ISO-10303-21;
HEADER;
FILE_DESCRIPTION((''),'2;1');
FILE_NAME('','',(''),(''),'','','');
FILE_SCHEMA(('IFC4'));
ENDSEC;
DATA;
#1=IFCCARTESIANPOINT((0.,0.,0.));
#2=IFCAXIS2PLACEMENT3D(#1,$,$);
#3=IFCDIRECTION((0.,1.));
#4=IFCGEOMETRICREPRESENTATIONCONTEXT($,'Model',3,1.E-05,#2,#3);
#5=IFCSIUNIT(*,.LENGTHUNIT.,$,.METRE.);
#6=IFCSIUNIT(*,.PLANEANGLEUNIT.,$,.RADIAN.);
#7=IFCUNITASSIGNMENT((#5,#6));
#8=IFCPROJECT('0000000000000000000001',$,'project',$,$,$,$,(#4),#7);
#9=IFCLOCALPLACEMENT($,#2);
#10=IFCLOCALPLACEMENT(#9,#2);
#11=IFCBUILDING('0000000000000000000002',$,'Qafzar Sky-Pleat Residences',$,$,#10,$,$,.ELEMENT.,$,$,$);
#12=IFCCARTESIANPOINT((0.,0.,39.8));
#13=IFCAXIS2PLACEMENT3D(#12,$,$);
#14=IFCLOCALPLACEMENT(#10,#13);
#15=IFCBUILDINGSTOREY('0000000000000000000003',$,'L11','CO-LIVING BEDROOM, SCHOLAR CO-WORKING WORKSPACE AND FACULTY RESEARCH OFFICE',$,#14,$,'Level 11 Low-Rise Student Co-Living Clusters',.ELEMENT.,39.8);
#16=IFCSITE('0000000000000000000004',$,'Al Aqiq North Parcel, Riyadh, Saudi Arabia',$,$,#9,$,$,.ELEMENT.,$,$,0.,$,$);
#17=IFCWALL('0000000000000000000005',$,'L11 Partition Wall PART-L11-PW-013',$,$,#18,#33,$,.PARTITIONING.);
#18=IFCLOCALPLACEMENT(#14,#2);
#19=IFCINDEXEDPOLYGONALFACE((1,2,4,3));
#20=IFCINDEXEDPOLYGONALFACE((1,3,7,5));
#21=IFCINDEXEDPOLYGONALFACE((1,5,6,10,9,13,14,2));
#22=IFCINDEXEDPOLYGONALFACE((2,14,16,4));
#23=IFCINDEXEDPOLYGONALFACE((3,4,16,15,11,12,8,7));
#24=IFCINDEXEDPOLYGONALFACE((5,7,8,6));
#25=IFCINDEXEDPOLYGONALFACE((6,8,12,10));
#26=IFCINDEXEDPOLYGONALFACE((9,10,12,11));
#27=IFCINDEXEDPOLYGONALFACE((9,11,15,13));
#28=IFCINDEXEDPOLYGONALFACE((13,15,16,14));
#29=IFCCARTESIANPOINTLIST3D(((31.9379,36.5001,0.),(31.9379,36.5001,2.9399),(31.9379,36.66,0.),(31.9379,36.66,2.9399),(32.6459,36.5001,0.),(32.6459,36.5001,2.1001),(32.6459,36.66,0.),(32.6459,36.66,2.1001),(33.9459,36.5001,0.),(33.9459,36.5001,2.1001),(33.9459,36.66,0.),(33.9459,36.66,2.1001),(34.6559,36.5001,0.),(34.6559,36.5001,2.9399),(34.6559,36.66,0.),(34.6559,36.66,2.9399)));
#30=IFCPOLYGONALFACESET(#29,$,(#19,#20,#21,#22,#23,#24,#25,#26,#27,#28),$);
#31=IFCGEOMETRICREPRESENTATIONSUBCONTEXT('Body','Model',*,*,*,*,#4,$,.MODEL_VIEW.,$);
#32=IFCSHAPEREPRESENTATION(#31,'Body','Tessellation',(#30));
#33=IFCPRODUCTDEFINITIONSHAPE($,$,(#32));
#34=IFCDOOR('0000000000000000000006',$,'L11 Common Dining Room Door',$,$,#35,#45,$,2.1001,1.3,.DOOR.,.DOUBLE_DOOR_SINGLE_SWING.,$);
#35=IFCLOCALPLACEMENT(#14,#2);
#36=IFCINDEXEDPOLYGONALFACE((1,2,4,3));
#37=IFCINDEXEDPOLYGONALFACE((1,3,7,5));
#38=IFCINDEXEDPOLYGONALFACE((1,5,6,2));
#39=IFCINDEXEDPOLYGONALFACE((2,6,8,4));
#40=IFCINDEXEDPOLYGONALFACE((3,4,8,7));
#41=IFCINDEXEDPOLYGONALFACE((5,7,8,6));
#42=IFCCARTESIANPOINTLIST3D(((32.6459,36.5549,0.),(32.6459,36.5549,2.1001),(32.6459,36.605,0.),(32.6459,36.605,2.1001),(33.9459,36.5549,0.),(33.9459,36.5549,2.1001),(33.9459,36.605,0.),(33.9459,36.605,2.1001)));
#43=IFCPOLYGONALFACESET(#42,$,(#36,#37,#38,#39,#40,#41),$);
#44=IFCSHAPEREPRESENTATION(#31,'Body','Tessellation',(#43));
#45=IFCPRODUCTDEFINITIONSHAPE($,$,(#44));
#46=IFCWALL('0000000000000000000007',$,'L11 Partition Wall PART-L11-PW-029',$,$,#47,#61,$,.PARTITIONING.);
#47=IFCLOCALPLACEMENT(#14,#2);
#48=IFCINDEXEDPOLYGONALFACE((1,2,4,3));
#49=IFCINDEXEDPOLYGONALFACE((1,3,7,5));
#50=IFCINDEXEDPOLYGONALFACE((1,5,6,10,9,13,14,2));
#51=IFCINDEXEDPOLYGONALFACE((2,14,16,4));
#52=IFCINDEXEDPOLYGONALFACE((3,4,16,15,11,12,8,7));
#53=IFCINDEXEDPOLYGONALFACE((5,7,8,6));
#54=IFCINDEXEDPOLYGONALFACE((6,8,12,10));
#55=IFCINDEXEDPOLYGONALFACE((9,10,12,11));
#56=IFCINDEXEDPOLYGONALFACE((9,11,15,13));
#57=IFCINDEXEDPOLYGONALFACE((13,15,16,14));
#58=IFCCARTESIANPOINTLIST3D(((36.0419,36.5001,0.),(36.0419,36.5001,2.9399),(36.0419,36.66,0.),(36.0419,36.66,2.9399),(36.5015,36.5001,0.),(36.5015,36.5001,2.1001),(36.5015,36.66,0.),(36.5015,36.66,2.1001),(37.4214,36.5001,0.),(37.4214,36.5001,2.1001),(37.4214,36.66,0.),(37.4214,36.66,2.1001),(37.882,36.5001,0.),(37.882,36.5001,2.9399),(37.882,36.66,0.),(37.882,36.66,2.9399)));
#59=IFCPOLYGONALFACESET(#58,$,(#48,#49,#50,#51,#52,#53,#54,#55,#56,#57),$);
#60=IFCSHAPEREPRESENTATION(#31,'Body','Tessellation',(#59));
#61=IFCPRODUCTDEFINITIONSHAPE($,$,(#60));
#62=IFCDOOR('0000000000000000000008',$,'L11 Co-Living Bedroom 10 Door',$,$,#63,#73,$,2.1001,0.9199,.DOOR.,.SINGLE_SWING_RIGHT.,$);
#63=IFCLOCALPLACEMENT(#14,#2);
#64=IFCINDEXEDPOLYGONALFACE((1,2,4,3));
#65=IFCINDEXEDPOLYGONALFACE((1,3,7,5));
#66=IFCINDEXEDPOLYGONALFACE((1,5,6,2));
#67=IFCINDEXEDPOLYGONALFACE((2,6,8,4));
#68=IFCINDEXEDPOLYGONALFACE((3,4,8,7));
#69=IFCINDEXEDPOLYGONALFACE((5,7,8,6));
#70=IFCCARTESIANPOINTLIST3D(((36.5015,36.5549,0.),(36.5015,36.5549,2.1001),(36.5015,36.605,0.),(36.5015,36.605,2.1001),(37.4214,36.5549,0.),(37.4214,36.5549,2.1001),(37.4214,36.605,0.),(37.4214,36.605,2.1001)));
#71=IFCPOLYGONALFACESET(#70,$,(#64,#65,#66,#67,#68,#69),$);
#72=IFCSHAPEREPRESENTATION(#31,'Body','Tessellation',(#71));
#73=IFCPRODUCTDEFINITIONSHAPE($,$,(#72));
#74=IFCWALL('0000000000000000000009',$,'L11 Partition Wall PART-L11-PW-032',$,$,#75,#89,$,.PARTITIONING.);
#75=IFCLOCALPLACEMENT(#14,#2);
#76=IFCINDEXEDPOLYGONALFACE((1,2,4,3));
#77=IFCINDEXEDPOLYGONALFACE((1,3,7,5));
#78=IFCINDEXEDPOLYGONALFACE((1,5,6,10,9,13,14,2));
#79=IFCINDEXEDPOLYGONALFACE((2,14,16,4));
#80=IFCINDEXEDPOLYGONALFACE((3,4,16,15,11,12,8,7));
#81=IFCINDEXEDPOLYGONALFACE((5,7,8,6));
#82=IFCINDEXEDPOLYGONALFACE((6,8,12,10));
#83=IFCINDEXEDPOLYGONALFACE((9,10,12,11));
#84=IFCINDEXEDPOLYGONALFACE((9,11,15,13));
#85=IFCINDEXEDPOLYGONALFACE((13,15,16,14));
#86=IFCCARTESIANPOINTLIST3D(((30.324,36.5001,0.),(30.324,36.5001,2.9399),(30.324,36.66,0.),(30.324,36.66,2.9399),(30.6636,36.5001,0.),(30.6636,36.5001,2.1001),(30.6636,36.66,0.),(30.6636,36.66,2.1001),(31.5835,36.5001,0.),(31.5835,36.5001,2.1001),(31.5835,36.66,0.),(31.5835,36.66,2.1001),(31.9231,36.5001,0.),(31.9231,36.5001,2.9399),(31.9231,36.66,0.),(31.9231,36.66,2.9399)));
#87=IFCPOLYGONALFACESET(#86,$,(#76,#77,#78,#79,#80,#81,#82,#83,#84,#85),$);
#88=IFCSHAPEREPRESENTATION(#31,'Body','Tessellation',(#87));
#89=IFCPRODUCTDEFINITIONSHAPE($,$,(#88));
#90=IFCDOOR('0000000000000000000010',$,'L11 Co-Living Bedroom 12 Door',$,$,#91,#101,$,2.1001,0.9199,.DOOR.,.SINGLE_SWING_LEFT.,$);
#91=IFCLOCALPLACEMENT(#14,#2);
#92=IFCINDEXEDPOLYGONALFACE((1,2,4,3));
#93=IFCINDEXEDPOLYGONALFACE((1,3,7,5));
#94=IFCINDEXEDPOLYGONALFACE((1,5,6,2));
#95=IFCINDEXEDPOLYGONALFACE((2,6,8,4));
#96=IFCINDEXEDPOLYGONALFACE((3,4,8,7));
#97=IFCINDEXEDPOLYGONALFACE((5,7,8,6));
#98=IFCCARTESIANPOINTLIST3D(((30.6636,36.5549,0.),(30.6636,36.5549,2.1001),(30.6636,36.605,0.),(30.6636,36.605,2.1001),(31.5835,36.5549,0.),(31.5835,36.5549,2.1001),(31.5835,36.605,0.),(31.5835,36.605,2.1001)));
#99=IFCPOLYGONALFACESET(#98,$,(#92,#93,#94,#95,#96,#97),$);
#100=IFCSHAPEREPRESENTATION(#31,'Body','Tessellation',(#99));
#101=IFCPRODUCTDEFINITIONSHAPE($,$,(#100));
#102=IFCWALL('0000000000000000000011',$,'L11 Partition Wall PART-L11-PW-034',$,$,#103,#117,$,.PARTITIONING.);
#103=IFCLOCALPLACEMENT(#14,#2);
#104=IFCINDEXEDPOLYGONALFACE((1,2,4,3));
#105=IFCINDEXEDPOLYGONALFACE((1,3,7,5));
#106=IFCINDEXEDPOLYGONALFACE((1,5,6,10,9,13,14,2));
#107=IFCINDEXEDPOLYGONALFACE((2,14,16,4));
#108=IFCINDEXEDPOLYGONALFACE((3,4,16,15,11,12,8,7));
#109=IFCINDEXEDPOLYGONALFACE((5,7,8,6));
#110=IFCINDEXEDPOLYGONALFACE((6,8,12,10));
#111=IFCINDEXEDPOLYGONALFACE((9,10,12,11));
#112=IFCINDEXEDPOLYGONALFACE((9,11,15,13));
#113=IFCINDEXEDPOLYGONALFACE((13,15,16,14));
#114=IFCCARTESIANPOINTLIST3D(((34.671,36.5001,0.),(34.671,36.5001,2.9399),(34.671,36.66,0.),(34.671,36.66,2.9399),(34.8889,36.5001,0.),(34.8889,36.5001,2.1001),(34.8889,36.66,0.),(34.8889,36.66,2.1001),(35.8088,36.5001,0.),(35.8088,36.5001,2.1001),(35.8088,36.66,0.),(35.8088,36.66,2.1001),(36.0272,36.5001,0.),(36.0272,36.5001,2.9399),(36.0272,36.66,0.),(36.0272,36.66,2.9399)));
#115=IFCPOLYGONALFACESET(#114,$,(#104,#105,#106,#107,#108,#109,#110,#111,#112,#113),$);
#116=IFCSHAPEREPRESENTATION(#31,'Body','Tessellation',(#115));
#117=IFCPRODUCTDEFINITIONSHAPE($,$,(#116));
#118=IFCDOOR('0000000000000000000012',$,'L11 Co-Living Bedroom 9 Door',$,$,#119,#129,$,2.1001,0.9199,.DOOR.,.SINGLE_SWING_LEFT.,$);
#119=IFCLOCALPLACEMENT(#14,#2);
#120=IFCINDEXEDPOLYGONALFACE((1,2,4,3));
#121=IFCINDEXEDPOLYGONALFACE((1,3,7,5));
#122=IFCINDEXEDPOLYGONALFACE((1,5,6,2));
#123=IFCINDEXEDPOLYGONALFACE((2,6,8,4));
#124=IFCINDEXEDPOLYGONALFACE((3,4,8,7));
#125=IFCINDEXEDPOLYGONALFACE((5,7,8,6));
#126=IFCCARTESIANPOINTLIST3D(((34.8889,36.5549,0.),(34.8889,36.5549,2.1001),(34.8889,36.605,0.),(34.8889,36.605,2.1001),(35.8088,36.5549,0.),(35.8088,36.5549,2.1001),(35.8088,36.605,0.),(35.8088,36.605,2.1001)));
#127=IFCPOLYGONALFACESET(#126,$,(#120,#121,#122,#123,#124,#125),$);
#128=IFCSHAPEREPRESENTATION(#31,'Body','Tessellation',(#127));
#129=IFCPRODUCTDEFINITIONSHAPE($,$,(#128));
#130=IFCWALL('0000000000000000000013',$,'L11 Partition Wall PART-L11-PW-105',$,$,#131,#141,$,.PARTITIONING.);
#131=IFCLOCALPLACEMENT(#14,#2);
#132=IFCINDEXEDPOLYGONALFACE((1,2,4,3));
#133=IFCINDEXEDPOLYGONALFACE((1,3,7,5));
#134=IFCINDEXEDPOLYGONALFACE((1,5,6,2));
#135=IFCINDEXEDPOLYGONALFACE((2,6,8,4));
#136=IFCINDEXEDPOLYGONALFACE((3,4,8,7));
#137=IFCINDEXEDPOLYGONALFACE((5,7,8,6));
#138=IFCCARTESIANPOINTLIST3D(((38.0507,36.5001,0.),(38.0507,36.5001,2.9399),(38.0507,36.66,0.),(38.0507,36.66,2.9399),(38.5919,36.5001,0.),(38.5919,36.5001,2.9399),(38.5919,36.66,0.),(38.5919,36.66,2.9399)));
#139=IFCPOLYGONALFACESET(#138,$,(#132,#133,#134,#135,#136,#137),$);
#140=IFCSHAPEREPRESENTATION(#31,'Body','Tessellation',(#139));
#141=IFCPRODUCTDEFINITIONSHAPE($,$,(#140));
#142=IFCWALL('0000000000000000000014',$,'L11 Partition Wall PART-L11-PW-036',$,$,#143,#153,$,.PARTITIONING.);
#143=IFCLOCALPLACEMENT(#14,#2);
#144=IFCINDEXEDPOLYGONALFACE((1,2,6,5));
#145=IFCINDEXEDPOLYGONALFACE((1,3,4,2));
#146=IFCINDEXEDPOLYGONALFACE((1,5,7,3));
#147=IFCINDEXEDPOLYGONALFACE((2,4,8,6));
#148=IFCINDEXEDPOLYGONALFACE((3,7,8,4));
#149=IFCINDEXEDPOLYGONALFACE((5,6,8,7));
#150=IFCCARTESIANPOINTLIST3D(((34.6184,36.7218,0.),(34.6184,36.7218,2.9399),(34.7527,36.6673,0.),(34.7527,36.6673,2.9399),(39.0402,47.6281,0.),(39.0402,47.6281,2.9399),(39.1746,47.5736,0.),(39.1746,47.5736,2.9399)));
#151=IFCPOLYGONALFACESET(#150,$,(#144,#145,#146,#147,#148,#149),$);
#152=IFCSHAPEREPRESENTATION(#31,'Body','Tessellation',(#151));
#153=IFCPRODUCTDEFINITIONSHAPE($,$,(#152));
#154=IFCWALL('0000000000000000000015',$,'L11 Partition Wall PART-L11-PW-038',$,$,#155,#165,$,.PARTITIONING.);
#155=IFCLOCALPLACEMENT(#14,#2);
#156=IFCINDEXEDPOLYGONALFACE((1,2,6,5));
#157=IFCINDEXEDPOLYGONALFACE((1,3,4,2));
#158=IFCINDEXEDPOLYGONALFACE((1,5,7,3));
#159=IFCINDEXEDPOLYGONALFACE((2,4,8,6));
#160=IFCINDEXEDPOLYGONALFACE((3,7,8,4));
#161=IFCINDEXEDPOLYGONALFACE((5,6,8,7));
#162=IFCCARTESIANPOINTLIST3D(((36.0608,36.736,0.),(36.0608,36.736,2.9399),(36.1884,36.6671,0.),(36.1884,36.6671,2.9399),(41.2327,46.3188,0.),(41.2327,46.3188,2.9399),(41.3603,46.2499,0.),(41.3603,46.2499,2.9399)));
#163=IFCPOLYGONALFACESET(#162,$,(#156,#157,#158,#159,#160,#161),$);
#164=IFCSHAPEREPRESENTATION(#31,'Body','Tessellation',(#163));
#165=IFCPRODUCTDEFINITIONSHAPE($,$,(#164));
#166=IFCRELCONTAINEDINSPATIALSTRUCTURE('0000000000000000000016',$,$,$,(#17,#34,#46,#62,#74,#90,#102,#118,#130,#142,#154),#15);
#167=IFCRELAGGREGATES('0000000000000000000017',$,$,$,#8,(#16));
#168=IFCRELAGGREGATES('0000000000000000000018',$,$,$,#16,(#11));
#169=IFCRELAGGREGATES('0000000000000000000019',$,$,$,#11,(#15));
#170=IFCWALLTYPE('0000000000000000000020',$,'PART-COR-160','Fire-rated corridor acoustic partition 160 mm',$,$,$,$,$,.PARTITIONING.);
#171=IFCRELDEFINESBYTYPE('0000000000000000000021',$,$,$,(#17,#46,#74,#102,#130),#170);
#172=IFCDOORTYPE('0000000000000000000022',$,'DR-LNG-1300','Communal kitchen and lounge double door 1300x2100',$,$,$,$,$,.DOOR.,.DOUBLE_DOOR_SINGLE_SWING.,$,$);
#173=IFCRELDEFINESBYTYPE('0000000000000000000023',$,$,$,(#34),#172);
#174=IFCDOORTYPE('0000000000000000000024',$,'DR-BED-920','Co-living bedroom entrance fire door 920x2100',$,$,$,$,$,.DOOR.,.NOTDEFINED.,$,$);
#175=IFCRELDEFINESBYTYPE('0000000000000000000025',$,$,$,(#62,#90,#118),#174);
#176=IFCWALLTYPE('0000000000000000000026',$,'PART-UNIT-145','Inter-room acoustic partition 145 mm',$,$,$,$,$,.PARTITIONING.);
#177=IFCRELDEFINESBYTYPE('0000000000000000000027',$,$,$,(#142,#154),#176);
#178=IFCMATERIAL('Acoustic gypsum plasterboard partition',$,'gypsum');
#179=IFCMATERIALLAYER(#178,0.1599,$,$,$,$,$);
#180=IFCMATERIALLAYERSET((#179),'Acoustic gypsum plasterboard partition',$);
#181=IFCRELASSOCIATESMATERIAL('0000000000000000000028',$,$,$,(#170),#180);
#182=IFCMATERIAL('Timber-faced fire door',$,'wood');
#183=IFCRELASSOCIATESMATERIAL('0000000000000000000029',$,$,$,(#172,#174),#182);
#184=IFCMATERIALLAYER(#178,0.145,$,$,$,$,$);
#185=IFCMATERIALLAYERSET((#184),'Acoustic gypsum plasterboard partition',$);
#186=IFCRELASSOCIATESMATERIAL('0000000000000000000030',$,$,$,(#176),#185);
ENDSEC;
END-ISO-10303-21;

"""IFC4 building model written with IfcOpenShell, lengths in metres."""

from ifc_helpers import new_model, si_unit, direction, frame, frame_2d, origin, place, context, subcontext, project, spatial, rectangle, extrude, source, transform, mapped, material, layer, layer_set, type_object, element, fill, save


model = new_model("IFC4")

# Units and contexts
model_context = context("Model", 3, precision=1e-05, world=origin(), true_north=direction((0.0, 1.0)))
body_context = subcontext(model_context, "Body", "Model", "MODEL_VIEW")
ifc_project = project(units=[si_unit("LENGTHUNIT", "METRE"), si_unit("PLANEANGLEUNIT", "RADIAN")], contexts=[model_context])

# Site, building, storey
site_placement = place(None, origin())
site = spatial("IfcSite", under=ifc_project, at=site_placement, Name="Al Aqiq North Parcel, Riyadh, Saudi Arabia", CompositionType="ELEMENT", RefElevation=0.0)
building_placement = place(site_placement, origin())
building = spatial("IfcBuilding", under=site, at=building_placement, Name="Qafzar Sky-Pleat Residences", CompositionType="ELEMENT")
storey_placement = place(building_placement, frame((0.0, 0.0, 39.8)))
storey = spatial("IfcBuildingStorey", under=building, at=storey_placement, Name="L11", Description="CO-LIVING BEDROOM, SCHOLAR CO-WORKING WORKSPACE AND FACULTY RESEARCH OFFICE", LongName="Level 11 Low-Rise Student Co-Living Clusters", CompositionType="ELEMENT", Elevation=39.8)

# Walls, openings, doors
ifc_material_1 = material(Name="Acoustic gypsum plasterboard partition", Category="gypsum")
ifc_layer_1 = layer(ifc_material_1, 0.1599)
ifc_layer_set_1 = layer_set([ifc_layer_1], Name="Acoustic gypsum plasterboard partition")
wall_type_1 = type_object("IfcWallType", Name="PART-COR-160", Description="Fire-rated corridor acoustic partition 160 mm", PredefinedType="PARTITIONING", material=ifc_layer_set_1)
wall_1_placement = place(storey_placement, frame((31.938, 36.5801, 0.0), z_axis=(0.0, 0.0, 1.0), x_axis=(1.0, 0.0, 0.0)))
wall_1 = element("IfcWall", 1, at=wall_1_placement, inside=storey, type_object=wall_type_1, Name="L11 Partition Wall PART-L11-PW-013", PredefinedType="PARTITIONING", context=body_context, shape_type="SweptSolid", body=[
    extrude(rectangle(XDim=2.718, YDim=0.1599, at=frame_2d((1.3589, 0.0))), origin(), (0.0, 0.0, 1.0), 2.9399),
])
opening_1_placement = place(wall_1_placement, frame((0.708, 0.0, 0.0)))
opening_1 = element("IfcOpeningElement", 2, at=opening_1_placement, cuts=wall_1, PredefinedType="OPENING", context=body_context, shape_type="SweptSolid", body=[
    extrude(rectangle(XDim=1.3, YDim=2.1001, at=frame_2d((0.6499, 1.05))), frame((0.0, 0.0898, 0.0), z_axis=(0.0, -1.0, 0.0), x_axis=(1.0, 0.0, 0.0)), (0.0, 0.0, 1.0), 0.1799),
])
ifc_material_2 = material(Name="Timber-faced fire door", Category="wood")
door_type_1 = type_object("IfcDoorType", Name="DR-LNG-1300", Description="Communal kitchen and lounge double door 1300x2100", OperationType="DOUBLE_DOOR_SINGLE_SWING", PredefinedType="DOOR", material=ifc_material_2)
shared_shape_1 = source(origin(), body_context, "Body", "SweptSolid", [
    extrude(rectangle(XDim=1.3, YDim=2.1001, at=frame_2d((0.6499, 1.05))), frame((0.0, 0.0249, 0.0), z_axis=(0.0, -1.0, 0.0), x_axis=(1.0, 0.0, 0.0)), (0.0, 0.0, 1.0), 0.05),
])
door_1_placement = place(opening_1_placement, origin())
door_1 = element("IfcDoor", 3, at=door_1_placement, inside=storey, type_object=door_type_1, Name="L11 Common Dining Room Door", OperationType="DOUBLE_DOOR_SINGLE_SWING", OverallHeight=2.1001, OverallWidth=1.3, PredefinedType="DOOR", context=body_context, shape_type="MappedRepresentation", body=[
    mapped(shared_shape_1, transform((0.0, 0.0, 0.0), x_axis=(1.0, 0.0, 0.0), y_axis=(0.0, 1.0, 0.0), z_axis=(0.0, 0.0, 1.0), scale=1.0)),
])
fill(opening_1, door_1)
wall_2_placement = place(storey_placement, frame((36.042, 36.5801, 0.0), z_axis=(0.0, 0.0, 1.0), x_axis=(1.0, 0.0, 0.0)))
wall_2 = element("IfcWall", 4, at=wall_2_placement, inside=storey, type_object=wall_type_1, Name="L11 Partition Wall PART-L11-PW-029", PredefinedType="PARTITIONING", context=body_context, shape_type="SweptSolid", body=[
    extrude(rectangle(XDim=1.8401, YDim=0.1599, at=frame_2d((0.9199, 0.0))), origin(), (0.0, 0.0, 1.0), 2.9399),
])
opening_2_placement = place(wall_2_placement, frame((0.4595, 0.0, 0.0)))
opening_2 = element("IfcOpeningElement", 5, at=opening_2_placement, cuts=wall_2, PredefinedType="OPENING", context=body_context, shape_type="SweptSolid", body=[
    extrude(rectangle(XDim=0.9199, YDim=2.1001, at=frame_2d((0.46, 1.05))), frame((0.0, 0.0898, 0.0), z_axis=(0.0, -1.0, 0.0), x_axis=(1.0, 0.0, 0.0)), (0.0, 0.0, 1.0), 0.1799),
])
door_type_2 = type_object("IfcDoorType", Name="DR-BED-920", Description="Co-living bedroom entrance fire door 920x2100", OperationType="NOTDEFINED", PredefinedType="DOOR", material=ifc_material_2)
shared_shape_2 = source(origin(), body_context, "Body", "SweptSolid", [
    extrude(rectangle(XDim=0.9199, YDim=2.1001, at=frame_2d((0.46, 1.05))), frame((0.0, 0.0249, 0.0), z_axis=(0.0, -1.0, 0.0), x_axis=(1.0, 0.0, 0.0)), (0.0, 0.0, 1.0), 0.05),
])
door_2_placement = place(opening_2_placement, origin())
door_2 = element("IfcDoor", 6, at=door_2_placement, inside=storey, type_object=door_type_2, Name="L11 Co-Living Bedroom 10 Door", OperationType="SINGLE_SWING_RIGHT", OverallHeight=2.1001, OverallWidth=0.9199, PredefinedType="DOOR", context=body_context, shape_type="MappedRepresentation", body=[
    mapped(shared_shape_2, transform((0.0, 0.0, 0.0), x_axis=(1.0, 0.0, 0.0), y_axis=(0.0, 1.0, 0.0), z_axis=(0.0, 0.0, 1.0), scale=1.0)),
])
fill(opening_2, door_2)
wall_3_placement = place(storey_placement, frame((30.324, 36.5801, 0.0), z_axis=(0.0, 0.0, 1.0), x_axis=(1.0, 0.0, 0.0)))
wall_3 = element("IfcWall", 7, at=wall_3_placement, inside=storey, type_object=wall_type_1, Name="L11 Partition Wall PART-L11-PW-032", PredefinedType="PARTITIONING", context=body_context, shape_type="SweptSolid", body=[
    extrude(rectangle(XDim=1.5991, YDim=0.1599, at=frame_2d((0.7996, 0.0))), origin(), (0.0, 0.0, 1.0), 2.9399),
])
opening_3_placement = place(wall_3_placement, frame((0.3396, 0.0, 0.0)))
opening_3 = element("IfcOpeningElement", 8, at=opening_3_placement, cuts=wall_3, PredefinedType="OPENING", context=body_context, shape_type="SweptSolid", body=[
    extrude(rectangle(XDim=0.9199, YDim=2.1001, at=frame_2d((0.46, 1.05))), frame((0.0, 0.0898, 0.0), z_axis=(0.0, -1.0, 0.0), x_axis=(1.0, 0.0, 0.0)), (0.0, 0.0, 1.0), 0.1799),
])
door_3_placement = place(opening_3_placement, origin())
door_3 = element("IfcDoor", 9, at=door_3_placement, inside=storey, type_object=door_type_2, Name="L11 Co-Living Bedroom 12 Door", OperationType="SINGLE_SWING_LEFT", OverallHeight=2.1001, OverallWidth=0.9199, PredefinedType="DOOR", context=body_context, shape_type="MappedRepresentation", body=[
    mapped(shared_shape_2, transform((0.0, 0.0, 0.0), x_axis=(1.0, 0.0, 0.0), y_axis=(0.0, 1.0, 0.0), z_axis=(0.0, 0.0, 1.0), scale=1.0)),
])
fill(opening_3, door_3)
wall_4_placement = place(storey_placement, frame((34.6709, 36.5801, 0.0), z_axis=(0.0, 0.0, 1.0), x_axis=(1.0, 0.0, 0.0)))
wall_4 = element("IfcWall", 10, at=wall_4_placement, inside=storey, type_object=wall_type_1, Name="L11 Partition Wall PART-L11-PW-034", PredefinedType="PARTITIONING", context=body_context, shape_type="SweptSolid", body=[
    extrude(rectangle(XDim=1.3562, YDim=0.1599, at=frame_2d((0.6782, 0.0))), origin(), (0.0, 0.0, 1.0), 2.9399),
])
opening_4_placement = place(wall_4_placement, frame((0.218, 0.0, 0.0)))
opening_4 = element("IfcOpeningElement", 11, at=opening_4_placement, cuts=wall_4, PredefinedType="OPENING", context=body_context, shape_type="SweptSolid", body=[
    extrude(rectangle(XDim=0.9199, YDim=2.1001, at=frame_2d((0.46, 1.05))), frame((0.0, 0.0898, 0.0), z_axis=(0.0, -1.0, 0.0), x_axis=(1.0, 0.0, 0.0)), (0.0, 0.0, 1.0), 0.1799),
])
door_4_placement = place(opening_4_placement, origin())
door_4 = element("IfcDoor", 12, at=door_4_placement, inside=storey, type_object=door_type_2, Name="L11 Co-Living Bedroom 9 Door", OperationType="SINGLE_SWING_LEFT", OverallHeight=2.1001, OverallWidth=0.9199, PredefinedType="DOOR", context=body_context, shape_type="MappedRepresentation", body=[
    mapped(shared_shape_2, transform((0.0, 0.0, 0.0), x_axis=(1.0, 0.0, 0.0), y_axis=(0.0, 1.0, 0.0), z_axis=(0.0, 0.0, 1.0), scale=1.0)),
])
fill(opening_4, door_4)

# Walls
wall_5_placement = place(storey_placement, frame((38.0508, 36.5801, 0.0), z_axis=(0.0, 0.0, 1.0), x_axis=(1.0, 0.0, 0.0)))
element("IfcWall", 13, at=wall_5_placement, inside=storey, type_object=wall_type_1, Name="L11 Partition Wall PART-L11-PW-105", PredefinedType="PARTITIONING", context=body_context, shape_type="SweptSolid", body=[
    extrude(rectangle(XDim=0.5413, YDim=0.1599, at=frame_2d((0.2705, 0.0))), origin(), (0.0, 0.0, 1.0), 2.9399),
])
ifc_layer_2 = layer(ifc_material_1, 0.145)
ifc_layer_set_2 = layer_set([ifc_layer_2], Name="Acoustic gypsum plasterboard partition")
wall_type_2 = type_object("IfcWallType", Name="PART-UNIT-145", Description="Inter-room acoustic partition 145 mm", PredefinedType="PARTITIONING", material=ifc_layer_set_2)
wall_6_placement = place(storey_placement, frame((34.6855, 36.6946, 0.0), z_axis=(0.0, 0.0, 1.0), x_axis=(0.375736, 0.926727, 0.0)))
element("IfcWall", 14, at=wall_6_placement, inside=storey, type_object=wall_type_2, Name="L11 Partition Wall PART-L11-PW-036", PredefinedType="PARTITIONING", context=body_context, shape_type="SweptSolid", body=[
    extrude(rectangle(XDim=11.7686, YDim=0.145, at=frame_2d((5.8843, 0.0))), origin(), (0.0, 0.0, 1.0), 2.9399),
])
wall_7_placement = place(storey_placement, frame((36.1245, 36.7014, 0.0), z_axis=(0.0, 0.0, 1.0), x_axis=(0.474949, 0.880014, 0.0)))
element("IfcWall", 15, at=wall_7_placement, inside=storey, type_object=wall_type_2, Name="L11 Partition Wall PART-L11-PW-038", PredefinedType="PARTITIONING", context=body_context, shape_type="SweptSolid", body=[
    extrude(rectangle(XDim=10.8894, YDim=0.145, at=frame_2d((5.4448, 0.0))), origin(), (0.0, 0.0, 1.0), 2.9399),
])

save(model, "model.ifc")
